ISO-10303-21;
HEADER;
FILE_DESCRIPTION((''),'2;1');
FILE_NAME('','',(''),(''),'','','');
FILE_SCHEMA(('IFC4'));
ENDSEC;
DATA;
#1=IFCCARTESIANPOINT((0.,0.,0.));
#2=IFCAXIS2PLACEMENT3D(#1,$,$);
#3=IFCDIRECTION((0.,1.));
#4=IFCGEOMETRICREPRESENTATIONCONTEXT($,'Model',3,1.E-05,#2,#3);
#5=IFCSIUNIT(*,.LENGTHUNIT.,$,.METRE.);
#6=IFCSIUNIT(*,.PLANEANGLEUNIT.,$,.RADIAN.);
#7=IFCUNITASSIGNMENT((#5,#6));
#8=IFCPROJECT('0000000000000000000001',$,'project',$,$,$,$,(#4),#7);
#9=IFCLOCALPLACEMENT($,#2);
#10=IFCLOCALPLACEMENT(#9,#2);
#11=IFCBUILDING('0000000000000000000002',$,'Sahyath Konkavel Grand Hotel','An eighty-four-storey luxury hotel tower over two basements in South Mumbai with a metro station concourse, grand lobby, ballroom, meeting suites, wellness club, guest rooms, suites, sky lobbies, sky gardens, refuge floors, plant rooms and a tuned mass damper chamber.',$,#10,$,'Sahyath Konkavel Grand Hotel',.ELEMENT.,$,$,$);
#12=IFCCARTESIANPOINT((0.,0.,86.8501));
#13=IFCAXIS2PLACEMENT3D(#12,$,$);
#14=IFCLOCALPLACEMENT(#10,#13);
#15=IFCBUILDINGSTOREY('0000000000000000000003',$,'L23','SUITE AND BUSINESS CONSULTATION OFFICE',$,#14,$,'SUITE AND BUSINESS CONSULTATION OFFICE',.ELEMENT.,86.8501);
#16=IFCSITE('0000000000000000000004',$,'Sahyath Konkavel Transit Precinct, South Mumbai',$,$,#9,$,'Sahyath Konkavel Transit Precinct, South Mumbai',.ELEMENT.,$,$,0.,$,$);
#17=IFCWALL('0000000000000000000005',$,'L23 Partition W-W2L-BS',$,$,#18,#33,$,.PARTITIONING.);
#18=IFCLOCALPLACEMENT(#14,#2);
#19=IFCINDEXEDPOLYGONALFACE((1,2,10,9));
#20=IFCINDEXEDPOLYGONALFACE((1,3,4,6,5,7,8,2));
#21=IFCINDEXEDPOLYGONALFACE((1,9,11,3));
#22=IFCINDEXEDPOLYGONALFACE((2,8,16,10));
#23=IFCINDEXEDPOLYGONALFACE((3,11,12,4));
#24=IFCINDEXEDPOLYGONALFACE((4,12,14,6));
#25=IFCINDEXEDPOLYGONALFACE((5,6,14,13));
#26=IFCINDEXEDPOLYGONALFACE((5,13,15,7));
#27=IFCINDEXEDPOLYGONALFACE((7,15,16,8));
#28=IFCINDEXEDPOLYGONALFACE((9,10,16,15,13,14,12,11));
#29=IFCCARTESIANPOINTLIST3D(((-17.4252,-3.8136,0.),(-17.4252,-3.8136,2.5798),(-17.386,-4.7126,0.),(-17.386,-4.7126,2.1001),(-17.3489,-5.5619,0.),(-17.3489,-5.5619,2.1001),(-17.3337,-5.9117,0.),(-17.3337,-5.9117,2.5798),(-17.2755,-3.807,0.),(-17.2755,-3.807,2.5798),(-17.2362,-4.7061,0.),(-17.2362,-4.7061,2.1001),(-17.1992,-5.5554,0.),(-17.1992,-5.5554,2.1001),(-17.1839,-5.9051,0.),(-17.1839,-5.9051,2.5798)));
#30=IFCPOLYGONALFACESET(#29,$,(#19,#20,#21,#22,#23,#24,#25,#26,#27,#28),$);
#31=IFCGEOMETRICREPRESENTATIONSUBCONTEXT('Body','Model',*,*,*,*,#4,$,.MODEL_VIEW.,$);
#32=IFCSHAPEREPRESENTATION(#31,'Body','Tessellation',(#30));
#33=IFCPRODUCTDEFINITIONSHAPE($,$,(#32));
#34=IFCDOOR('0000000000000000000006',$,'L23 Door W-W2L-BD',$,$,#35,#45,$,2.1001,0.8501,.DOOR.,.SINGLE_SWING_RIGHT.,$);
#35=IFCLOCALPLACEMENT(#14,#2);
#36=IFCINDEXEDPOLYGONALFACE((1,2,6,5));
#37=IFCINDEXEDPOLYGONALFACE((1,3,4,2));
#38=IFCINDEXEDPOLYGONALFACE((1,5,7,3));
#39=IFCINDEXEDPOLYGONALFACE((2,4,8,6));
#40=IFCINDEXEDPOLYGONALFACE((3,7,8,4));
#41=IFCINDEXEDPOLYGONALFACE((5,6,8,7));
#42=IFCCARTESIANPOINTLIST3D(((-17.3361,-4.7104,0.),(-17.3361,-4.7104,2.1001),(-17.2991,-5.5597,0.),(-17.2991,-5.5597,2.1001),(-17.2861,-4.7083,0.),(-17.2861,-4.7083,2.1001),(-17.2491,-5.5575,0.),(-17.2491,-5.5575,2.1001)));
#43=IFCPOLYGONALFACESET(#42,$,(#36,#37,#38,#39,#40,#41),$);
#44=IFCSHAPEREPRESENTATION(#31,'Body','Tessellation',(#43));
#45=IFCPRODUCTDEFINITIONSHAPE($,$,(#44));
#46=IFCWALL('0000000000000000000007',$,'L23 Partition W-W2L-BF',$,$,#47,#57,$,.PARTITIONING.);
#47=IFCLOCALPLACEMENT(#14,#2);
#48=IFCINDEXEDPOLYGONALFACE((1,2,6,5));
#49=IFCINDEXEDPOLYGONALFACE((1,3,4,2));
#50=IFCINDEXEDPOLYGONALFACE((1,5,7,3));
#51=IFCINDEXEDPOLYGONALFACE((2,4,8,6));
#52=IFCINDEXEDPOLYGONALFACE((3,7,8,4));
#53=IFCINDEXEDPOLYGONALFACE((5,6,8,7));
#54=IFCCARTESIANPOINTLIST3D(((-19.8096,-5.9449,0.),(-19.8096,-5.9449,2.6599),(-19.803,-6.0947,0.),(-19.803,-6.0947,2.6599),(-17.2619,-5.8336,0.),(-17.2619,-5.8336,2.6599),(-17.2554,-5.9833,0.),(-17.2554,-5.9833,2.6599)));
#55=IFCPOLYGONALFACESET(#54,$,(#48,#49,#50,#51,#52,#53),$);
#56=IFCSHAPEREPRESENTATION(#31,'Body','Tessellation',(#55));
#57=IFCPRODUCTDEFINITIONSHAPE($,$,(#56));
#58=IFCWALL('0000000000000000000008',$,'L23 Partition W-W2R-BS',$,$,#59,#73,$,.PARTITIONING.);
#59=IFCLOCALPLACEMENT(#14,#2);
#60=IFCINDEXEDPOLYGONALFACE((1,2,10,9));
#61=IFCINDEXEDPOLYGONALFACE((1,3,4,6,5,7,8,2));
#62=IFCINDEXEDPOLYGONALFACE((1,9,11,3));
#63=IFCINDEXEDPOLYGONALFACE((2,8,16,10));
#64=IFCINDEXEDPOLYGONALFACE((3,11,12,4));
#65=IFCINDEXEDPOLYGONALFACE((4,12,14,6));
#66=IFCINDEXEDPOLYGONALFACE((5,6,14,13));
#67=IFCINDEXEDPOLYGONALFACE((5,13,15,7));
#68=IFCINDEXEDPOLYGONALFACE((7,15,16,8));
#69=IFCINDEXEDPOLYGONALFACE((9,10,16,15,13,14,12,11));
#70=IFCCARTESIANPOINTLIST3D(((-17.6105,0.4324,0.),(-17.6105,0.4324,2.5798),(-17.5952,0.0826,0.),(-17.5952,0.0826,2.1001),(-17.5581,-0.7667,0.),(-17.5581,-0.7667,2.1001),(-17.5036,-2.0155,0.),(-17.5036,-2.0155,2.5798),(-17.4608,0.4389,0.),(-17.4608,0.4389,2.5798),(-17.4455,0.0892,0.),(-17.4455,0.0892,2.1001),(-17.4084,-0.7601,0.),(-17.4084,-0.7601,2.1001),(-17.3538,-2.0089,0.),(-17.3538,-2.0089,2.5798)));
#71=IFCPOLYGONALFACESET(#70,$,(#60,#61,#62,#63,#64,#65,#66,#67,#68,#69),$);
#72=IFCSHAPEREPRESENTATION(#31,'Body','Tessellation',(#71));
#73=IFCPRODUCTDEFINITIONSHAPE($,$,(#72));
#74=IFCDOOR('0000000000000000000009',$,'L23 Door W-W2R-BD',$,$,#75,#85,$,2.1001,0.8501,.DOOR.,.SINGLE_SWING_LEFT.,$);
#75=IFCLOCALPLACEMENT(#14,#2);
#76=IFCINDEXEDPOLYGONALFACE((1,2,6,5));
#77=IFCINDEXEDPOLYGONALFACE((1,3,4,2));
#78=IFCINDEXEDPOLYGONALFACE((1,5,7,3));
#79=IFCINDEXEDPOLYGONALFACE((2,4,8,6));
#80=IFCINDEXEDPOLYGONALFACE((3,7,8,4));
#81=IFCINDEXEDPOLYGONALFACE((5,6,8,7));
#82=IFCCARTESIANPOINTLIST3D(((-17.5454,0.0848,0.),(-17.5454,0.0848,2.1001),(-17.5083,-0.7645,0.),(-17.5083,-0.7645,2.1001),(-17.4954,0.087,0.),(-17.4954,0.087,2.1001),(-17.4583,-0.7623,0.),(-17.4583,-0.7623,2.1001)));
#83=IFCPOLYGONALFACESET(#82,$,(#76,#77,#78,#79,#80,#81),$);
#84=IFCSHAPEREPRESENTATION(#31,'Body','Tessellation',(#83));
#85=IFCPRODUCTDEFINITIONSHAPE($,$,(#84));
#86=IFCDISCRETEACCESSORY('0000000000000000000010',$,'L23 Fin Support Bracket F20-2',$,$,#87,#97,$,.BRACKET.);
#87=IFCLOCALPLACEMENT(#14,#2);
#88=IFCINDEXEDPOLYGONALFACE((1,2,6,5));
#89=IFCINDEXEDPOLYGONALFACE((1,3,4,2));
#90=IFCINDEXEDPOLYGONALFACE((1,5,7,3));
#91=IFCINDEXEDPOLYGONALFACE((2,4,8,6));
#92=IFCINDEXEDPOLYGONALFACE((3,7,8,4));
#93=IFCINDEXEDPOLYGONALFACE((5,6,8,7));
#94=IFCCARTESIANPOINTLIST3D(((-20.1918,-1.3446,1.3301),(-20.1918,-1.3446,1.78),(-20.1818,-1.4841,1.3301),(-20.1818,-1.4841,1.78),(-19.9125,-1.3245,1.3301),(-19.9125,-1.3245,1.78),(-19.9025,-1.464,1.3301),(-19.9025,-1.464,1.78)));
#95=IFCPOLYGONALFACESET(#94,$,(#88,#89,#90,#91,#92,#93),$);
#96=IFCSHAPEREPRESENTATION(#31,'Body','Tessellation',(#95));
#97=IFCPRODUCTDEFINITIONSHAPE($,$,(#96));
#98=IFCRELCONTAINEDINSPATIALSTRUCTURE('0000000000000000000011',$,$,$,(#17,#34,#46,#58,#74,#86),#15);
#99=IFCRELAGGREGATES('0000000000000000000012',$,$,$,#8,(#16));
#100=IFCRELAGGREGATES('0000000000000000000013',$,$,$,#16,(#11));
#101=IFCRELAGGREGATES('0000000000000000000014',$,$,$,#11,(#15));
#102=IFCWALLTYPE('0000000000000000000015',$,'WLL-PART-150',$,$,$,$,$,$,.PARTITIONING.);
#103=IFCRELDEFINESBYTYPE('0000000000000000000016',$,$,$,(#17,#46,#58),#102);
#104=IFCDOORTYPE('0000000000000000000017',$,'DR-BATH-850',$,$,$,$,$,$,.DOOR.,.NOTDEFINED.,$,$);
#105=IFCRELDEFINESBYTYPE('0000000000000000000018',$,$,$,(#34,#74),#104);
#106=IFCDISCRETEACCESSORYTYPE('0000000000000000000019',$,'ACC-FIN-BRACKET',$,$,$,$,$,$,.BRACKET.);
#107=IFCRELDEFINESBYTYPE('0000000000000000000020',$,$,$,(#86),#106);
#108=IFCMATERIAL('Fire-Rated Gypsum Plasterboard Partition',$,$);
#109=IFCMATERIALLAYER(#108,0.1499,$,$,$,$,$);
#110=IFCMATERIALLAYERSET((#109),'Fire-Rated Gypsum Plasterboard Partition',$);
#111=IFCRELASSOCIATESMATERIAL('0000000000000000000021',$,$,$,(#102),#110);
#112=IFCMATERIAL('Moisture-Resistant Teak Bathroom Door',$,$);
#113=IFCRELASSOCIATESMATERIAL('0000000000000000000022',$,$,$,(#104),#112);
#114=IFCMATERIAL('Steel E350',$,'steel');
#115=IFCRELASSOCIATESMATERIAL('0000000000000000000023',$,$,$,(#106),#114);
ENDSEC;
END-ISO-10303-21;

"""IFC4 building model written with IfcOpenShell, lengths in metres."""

from ifc_helpers import new_model, si_unit, direction, frame, frame_2d, origin, origin_2d, place, context, subcontext, project, spatial, rectangle, extrude, source, transform, mapped, material, layer, layer_set, type_object, element, fill, save


model = new_model("IFC4")

# Units and contexts
model_context = context("Model", 3, precision=1e-05, world=origin(), true_north=direction((0.0, 1.0)))
body_context = subcontext(model_context, "Body", "Model", "MODEL_VIEW")
ifc_project = project(units=[si_unit("LENGTHUNIT", "METRE"), si_unit("PLANEANGLEUNIT", "RADIAN")], contexts=[model_context])

# Site, building, storey
site_placement = place(None, origin())
site = spatial("IfcSite", under=ifc_project, at=site_placement, Name="Sahyath Konkavel Transit Precinct, South Mumbai", LongName="Sahyath Konkavel Transit Precinct, South Mumbai", CompositionType="ELEMENT", RefElevation=0.0)
building_placement = place(site_placement, origin())
building = spatial("IfcBuilding", under=site, at=building_placement, Name="Sahyath Konkavel Grand Hotel", Description="An eighty-four-storey luxury hotel tower over two basements in South Mumbai with a metro station concourse, grand lobby, ballroom, meeting suites, wellness club, guest rooms, suites, sky lobbies, sky gardens, refuge floors, plant rooms and a tuned mass damper chamber.", LongName="Sahyath Konkavel Grand Hotel", CompositionType="ELEMENT")
storey_placement = place(building_placement, frame((0.0, 0.0, 86.8501)))
storey = spatial("IfcBuildingStorey", under=building, at=storey_placement, Name="L23", Description="SUITE AND BUSINESS CONSULTATION OFFICE", LongName="SUITE AND BUSINESS CONSULTATION OFFICE", CompositionType="ELEMENT", Elevation=86.8501)

# Shared definitions
ifc_material_1 = material(Name="Steel E350", Category="steel")

# Wall, opening, door
ifc_material_2 = material(Name="Fire-Rated Gypsum Plasterboard Partition")
ifc_layer_1 = layer(ifc_material_2, 0.1499)
ifc_layer_set_1 = layer_set([ifc_layer_1], Name="Fire-Rated Gypsum Plasterboard Partition")
wall_type_1 = type_object("IfcWallType", Name="WLL-PART-150", PredefinedType="PARTITIONING", material=ifc_layer_set_1)
wall_1_placement = place(storey_placement, frame((-17.3503, -3.8103, 0.0), z_axis=(0.0, 0.0, 1.0), x_axis=(0.043594, -0.999049, 0.0)))
wall_1 = element("IfcWall", 1, at=wall_1_placement, inside=storey, type_object=wall_type_1, Name="L23 Partition W-W2L-BS", PredefinedType="PARTITIONING", context=body_context, shape_type="SweptSolid", body=[
    extrude(rectangle(XDim=2.1001, YDim=0.1499, at=frame_2d((1.05, 0.0))), origin(), (0.0, 0.0, 1.0), 2.5798),
])
opening_1_placement = place(wall_1_placement, frame((0.8999, 0.0, 0.0)))
opening_1 = element("IfcOpeningElement", 2, at=opening_1_placement, cuts=wall_1, PredefinedType="OPENING", context=body_context, shape_type="SweptSolid", body=[
    extrude(rectangle(XDim=0.8501, YDim=2.1001, at=frame_2d((0.425, 1.05))), frame((0.0, 0.085, 0.0), z_axis=(0.0, -1.0, 0.0), x_axis=(1.0, 0.0, 0.0)), (0.0, 0.0, 1.0), 0.1699),
])
ifc_material_3 = material(Name="Moisture-Resistant Teak Bathroom Door")
door_type = type_object("IfcDoorType", Name="DR-BATH-850", OperationType="NOTDEFINED", PredefinedType="DOOR", material=ifc_material_3)
shared_shape_1 = source(origin(), body_context, "Body", "SweptSolid", [
    extrude(rectangle(XDim=0.8501, YDim=0.05, at=origin_2d()), origin(), (0.0, 0.0, 1.0), 2.1001),
])
door_1_placement = place(opening_1_placement, frame((0.425, 0.0, 0.0)))
door_1 = element("IfcDoor", 3, at=door_1_placement, inside=storey, type_object=door_type, Name="L23 Door W-W2L-BD", OperationType="SINGLE_SWING_RIGHT", OverallHeight=2.1001, OverallWidth=0.8501, PredefinedType="DOOR", context=body_context, shape_type="MappedRepresentation", body=[
    mapped(shared_shape_1, transform((0.0, 0.0, 0.0), scale=1.0)),
])
fill(opening_1, door_1)

# Wall
wall_2_placement = place(storey_placement, frame((-17.2588, -5.9084, 0.0), z_axis=(0.0, 0.0, 1.0), x_axis=(-0.999047, -0.043657, 0.0)))
element("IfcWall", 4, at=wall_2_placement, inside=storey, type_object=wall_type_1, Name="L23 Partition W-W2L-BF", PredefinedType="PARTITIONING", context=body_context, shape_type="SweptSolid", body=[
    extrude(rectangle(XDim=2.55, YDim=0.1499, at=frame_2d((1.2749, 0.0))), origin(), (0.0, 0.0, 1.0), 2.6599),
])

# Wall, opening, door
wall_3_placement = place(storey_placement, frame((-17.4287, -2.0122, 0.0), z_axis=(0.0, 0.0, 1.0), x_axis=(-0.043645, 0.999047, 0.0)))
wall_3 = element("IfcWall", 5, at=wall_3_placement, inside=storey, type_object=wall_type_1, Name="L23 Partition W-W2R-BS", PredefinedType="PARTITIONING", context=body_context, shape_type="SweptSolid", body=[
    extrude(rectangle(XDim=2.4502, YDim=0.1499, at=frame_2d((1.2251, 0.0))), origin(), (0.0, 0.0, 1.0), 2.5798),
])
opening_2_placement = place(wall_3_placement, frame((1.25, 0.0, 0.0)))
opening_2 = element("IfcOpeningElement", 6, at=opening_2_placement, cuts=wall_3, PredefinedType="OPENING", context=body_context, shape_type="SweptSolid", body=[
    extrude(rectangle(XDim=0.8501, YDim=2.1001, at=frame_2d((0.425, 1.05))), frame((0.0, 0.085, 0.0), z_axis=(0.0, -1.0, 0.0), x_axis=(1.0, 0.0, 0.0)), (0.0, 0.0, 1.0), 0.1699),
])
door_2_placement = place(opening_2_placement, frame((0.425, 0.0, 0.0)))
door_2 = element("IfcDoor", 7, at=door_2_placement, inside=storey, type_object=door_type, Name="L23 Door W-W2R-BD", OperationType="SINGLE_SWING_LEFT", OverallHeight=2.1001, OverallWidth=0.8501, PredefinedType="DOOR", context=body_context, shape_type="MappedRepresentation", body=[
    mapped(shared_shape_1, transform((0.0, 0.0, 0.0), scale=1.0)),
])
fill(opening_2, door_2)

# Discrete accessory
discrete_accessory_type = type_object("IfcDiscreteAccessoryType", Name="ACC-FIN-BRACKET", PredefinedType="BRACKET", material=ifc_material_1)
shared_shape_2 = source(origin(), body_context, "Body", "SweptSolid", [
    extrude(rectangle(XDim=0.28, YDim=0.1399, at=origin_2d()), origin(), (0.0, 0.0, 1.0), 0.45),
])
discrete_accessory_placement = place(storey_placement, frame((-20.0471, -1.4043, 1.3301), z_axis=(0.0, 0.0, 1.0), x_axis=(-0.997436, -0.071567, 0.0)))
element("IfcDiscreteAccessory", 8, at=discrete_accessory_placement, inside=storey, type_object=discrete_accessory_type, Name="L23 Fin Support Bracket F20-2", PredefinedType="BRACKET", context=body_context, shape_type="MappedRepresentation", body=[
    mapped(shared_shape_2, transform((0.0, 0.0, 0.0), scale=1.0)),
])

save(model, "model.ifc")
